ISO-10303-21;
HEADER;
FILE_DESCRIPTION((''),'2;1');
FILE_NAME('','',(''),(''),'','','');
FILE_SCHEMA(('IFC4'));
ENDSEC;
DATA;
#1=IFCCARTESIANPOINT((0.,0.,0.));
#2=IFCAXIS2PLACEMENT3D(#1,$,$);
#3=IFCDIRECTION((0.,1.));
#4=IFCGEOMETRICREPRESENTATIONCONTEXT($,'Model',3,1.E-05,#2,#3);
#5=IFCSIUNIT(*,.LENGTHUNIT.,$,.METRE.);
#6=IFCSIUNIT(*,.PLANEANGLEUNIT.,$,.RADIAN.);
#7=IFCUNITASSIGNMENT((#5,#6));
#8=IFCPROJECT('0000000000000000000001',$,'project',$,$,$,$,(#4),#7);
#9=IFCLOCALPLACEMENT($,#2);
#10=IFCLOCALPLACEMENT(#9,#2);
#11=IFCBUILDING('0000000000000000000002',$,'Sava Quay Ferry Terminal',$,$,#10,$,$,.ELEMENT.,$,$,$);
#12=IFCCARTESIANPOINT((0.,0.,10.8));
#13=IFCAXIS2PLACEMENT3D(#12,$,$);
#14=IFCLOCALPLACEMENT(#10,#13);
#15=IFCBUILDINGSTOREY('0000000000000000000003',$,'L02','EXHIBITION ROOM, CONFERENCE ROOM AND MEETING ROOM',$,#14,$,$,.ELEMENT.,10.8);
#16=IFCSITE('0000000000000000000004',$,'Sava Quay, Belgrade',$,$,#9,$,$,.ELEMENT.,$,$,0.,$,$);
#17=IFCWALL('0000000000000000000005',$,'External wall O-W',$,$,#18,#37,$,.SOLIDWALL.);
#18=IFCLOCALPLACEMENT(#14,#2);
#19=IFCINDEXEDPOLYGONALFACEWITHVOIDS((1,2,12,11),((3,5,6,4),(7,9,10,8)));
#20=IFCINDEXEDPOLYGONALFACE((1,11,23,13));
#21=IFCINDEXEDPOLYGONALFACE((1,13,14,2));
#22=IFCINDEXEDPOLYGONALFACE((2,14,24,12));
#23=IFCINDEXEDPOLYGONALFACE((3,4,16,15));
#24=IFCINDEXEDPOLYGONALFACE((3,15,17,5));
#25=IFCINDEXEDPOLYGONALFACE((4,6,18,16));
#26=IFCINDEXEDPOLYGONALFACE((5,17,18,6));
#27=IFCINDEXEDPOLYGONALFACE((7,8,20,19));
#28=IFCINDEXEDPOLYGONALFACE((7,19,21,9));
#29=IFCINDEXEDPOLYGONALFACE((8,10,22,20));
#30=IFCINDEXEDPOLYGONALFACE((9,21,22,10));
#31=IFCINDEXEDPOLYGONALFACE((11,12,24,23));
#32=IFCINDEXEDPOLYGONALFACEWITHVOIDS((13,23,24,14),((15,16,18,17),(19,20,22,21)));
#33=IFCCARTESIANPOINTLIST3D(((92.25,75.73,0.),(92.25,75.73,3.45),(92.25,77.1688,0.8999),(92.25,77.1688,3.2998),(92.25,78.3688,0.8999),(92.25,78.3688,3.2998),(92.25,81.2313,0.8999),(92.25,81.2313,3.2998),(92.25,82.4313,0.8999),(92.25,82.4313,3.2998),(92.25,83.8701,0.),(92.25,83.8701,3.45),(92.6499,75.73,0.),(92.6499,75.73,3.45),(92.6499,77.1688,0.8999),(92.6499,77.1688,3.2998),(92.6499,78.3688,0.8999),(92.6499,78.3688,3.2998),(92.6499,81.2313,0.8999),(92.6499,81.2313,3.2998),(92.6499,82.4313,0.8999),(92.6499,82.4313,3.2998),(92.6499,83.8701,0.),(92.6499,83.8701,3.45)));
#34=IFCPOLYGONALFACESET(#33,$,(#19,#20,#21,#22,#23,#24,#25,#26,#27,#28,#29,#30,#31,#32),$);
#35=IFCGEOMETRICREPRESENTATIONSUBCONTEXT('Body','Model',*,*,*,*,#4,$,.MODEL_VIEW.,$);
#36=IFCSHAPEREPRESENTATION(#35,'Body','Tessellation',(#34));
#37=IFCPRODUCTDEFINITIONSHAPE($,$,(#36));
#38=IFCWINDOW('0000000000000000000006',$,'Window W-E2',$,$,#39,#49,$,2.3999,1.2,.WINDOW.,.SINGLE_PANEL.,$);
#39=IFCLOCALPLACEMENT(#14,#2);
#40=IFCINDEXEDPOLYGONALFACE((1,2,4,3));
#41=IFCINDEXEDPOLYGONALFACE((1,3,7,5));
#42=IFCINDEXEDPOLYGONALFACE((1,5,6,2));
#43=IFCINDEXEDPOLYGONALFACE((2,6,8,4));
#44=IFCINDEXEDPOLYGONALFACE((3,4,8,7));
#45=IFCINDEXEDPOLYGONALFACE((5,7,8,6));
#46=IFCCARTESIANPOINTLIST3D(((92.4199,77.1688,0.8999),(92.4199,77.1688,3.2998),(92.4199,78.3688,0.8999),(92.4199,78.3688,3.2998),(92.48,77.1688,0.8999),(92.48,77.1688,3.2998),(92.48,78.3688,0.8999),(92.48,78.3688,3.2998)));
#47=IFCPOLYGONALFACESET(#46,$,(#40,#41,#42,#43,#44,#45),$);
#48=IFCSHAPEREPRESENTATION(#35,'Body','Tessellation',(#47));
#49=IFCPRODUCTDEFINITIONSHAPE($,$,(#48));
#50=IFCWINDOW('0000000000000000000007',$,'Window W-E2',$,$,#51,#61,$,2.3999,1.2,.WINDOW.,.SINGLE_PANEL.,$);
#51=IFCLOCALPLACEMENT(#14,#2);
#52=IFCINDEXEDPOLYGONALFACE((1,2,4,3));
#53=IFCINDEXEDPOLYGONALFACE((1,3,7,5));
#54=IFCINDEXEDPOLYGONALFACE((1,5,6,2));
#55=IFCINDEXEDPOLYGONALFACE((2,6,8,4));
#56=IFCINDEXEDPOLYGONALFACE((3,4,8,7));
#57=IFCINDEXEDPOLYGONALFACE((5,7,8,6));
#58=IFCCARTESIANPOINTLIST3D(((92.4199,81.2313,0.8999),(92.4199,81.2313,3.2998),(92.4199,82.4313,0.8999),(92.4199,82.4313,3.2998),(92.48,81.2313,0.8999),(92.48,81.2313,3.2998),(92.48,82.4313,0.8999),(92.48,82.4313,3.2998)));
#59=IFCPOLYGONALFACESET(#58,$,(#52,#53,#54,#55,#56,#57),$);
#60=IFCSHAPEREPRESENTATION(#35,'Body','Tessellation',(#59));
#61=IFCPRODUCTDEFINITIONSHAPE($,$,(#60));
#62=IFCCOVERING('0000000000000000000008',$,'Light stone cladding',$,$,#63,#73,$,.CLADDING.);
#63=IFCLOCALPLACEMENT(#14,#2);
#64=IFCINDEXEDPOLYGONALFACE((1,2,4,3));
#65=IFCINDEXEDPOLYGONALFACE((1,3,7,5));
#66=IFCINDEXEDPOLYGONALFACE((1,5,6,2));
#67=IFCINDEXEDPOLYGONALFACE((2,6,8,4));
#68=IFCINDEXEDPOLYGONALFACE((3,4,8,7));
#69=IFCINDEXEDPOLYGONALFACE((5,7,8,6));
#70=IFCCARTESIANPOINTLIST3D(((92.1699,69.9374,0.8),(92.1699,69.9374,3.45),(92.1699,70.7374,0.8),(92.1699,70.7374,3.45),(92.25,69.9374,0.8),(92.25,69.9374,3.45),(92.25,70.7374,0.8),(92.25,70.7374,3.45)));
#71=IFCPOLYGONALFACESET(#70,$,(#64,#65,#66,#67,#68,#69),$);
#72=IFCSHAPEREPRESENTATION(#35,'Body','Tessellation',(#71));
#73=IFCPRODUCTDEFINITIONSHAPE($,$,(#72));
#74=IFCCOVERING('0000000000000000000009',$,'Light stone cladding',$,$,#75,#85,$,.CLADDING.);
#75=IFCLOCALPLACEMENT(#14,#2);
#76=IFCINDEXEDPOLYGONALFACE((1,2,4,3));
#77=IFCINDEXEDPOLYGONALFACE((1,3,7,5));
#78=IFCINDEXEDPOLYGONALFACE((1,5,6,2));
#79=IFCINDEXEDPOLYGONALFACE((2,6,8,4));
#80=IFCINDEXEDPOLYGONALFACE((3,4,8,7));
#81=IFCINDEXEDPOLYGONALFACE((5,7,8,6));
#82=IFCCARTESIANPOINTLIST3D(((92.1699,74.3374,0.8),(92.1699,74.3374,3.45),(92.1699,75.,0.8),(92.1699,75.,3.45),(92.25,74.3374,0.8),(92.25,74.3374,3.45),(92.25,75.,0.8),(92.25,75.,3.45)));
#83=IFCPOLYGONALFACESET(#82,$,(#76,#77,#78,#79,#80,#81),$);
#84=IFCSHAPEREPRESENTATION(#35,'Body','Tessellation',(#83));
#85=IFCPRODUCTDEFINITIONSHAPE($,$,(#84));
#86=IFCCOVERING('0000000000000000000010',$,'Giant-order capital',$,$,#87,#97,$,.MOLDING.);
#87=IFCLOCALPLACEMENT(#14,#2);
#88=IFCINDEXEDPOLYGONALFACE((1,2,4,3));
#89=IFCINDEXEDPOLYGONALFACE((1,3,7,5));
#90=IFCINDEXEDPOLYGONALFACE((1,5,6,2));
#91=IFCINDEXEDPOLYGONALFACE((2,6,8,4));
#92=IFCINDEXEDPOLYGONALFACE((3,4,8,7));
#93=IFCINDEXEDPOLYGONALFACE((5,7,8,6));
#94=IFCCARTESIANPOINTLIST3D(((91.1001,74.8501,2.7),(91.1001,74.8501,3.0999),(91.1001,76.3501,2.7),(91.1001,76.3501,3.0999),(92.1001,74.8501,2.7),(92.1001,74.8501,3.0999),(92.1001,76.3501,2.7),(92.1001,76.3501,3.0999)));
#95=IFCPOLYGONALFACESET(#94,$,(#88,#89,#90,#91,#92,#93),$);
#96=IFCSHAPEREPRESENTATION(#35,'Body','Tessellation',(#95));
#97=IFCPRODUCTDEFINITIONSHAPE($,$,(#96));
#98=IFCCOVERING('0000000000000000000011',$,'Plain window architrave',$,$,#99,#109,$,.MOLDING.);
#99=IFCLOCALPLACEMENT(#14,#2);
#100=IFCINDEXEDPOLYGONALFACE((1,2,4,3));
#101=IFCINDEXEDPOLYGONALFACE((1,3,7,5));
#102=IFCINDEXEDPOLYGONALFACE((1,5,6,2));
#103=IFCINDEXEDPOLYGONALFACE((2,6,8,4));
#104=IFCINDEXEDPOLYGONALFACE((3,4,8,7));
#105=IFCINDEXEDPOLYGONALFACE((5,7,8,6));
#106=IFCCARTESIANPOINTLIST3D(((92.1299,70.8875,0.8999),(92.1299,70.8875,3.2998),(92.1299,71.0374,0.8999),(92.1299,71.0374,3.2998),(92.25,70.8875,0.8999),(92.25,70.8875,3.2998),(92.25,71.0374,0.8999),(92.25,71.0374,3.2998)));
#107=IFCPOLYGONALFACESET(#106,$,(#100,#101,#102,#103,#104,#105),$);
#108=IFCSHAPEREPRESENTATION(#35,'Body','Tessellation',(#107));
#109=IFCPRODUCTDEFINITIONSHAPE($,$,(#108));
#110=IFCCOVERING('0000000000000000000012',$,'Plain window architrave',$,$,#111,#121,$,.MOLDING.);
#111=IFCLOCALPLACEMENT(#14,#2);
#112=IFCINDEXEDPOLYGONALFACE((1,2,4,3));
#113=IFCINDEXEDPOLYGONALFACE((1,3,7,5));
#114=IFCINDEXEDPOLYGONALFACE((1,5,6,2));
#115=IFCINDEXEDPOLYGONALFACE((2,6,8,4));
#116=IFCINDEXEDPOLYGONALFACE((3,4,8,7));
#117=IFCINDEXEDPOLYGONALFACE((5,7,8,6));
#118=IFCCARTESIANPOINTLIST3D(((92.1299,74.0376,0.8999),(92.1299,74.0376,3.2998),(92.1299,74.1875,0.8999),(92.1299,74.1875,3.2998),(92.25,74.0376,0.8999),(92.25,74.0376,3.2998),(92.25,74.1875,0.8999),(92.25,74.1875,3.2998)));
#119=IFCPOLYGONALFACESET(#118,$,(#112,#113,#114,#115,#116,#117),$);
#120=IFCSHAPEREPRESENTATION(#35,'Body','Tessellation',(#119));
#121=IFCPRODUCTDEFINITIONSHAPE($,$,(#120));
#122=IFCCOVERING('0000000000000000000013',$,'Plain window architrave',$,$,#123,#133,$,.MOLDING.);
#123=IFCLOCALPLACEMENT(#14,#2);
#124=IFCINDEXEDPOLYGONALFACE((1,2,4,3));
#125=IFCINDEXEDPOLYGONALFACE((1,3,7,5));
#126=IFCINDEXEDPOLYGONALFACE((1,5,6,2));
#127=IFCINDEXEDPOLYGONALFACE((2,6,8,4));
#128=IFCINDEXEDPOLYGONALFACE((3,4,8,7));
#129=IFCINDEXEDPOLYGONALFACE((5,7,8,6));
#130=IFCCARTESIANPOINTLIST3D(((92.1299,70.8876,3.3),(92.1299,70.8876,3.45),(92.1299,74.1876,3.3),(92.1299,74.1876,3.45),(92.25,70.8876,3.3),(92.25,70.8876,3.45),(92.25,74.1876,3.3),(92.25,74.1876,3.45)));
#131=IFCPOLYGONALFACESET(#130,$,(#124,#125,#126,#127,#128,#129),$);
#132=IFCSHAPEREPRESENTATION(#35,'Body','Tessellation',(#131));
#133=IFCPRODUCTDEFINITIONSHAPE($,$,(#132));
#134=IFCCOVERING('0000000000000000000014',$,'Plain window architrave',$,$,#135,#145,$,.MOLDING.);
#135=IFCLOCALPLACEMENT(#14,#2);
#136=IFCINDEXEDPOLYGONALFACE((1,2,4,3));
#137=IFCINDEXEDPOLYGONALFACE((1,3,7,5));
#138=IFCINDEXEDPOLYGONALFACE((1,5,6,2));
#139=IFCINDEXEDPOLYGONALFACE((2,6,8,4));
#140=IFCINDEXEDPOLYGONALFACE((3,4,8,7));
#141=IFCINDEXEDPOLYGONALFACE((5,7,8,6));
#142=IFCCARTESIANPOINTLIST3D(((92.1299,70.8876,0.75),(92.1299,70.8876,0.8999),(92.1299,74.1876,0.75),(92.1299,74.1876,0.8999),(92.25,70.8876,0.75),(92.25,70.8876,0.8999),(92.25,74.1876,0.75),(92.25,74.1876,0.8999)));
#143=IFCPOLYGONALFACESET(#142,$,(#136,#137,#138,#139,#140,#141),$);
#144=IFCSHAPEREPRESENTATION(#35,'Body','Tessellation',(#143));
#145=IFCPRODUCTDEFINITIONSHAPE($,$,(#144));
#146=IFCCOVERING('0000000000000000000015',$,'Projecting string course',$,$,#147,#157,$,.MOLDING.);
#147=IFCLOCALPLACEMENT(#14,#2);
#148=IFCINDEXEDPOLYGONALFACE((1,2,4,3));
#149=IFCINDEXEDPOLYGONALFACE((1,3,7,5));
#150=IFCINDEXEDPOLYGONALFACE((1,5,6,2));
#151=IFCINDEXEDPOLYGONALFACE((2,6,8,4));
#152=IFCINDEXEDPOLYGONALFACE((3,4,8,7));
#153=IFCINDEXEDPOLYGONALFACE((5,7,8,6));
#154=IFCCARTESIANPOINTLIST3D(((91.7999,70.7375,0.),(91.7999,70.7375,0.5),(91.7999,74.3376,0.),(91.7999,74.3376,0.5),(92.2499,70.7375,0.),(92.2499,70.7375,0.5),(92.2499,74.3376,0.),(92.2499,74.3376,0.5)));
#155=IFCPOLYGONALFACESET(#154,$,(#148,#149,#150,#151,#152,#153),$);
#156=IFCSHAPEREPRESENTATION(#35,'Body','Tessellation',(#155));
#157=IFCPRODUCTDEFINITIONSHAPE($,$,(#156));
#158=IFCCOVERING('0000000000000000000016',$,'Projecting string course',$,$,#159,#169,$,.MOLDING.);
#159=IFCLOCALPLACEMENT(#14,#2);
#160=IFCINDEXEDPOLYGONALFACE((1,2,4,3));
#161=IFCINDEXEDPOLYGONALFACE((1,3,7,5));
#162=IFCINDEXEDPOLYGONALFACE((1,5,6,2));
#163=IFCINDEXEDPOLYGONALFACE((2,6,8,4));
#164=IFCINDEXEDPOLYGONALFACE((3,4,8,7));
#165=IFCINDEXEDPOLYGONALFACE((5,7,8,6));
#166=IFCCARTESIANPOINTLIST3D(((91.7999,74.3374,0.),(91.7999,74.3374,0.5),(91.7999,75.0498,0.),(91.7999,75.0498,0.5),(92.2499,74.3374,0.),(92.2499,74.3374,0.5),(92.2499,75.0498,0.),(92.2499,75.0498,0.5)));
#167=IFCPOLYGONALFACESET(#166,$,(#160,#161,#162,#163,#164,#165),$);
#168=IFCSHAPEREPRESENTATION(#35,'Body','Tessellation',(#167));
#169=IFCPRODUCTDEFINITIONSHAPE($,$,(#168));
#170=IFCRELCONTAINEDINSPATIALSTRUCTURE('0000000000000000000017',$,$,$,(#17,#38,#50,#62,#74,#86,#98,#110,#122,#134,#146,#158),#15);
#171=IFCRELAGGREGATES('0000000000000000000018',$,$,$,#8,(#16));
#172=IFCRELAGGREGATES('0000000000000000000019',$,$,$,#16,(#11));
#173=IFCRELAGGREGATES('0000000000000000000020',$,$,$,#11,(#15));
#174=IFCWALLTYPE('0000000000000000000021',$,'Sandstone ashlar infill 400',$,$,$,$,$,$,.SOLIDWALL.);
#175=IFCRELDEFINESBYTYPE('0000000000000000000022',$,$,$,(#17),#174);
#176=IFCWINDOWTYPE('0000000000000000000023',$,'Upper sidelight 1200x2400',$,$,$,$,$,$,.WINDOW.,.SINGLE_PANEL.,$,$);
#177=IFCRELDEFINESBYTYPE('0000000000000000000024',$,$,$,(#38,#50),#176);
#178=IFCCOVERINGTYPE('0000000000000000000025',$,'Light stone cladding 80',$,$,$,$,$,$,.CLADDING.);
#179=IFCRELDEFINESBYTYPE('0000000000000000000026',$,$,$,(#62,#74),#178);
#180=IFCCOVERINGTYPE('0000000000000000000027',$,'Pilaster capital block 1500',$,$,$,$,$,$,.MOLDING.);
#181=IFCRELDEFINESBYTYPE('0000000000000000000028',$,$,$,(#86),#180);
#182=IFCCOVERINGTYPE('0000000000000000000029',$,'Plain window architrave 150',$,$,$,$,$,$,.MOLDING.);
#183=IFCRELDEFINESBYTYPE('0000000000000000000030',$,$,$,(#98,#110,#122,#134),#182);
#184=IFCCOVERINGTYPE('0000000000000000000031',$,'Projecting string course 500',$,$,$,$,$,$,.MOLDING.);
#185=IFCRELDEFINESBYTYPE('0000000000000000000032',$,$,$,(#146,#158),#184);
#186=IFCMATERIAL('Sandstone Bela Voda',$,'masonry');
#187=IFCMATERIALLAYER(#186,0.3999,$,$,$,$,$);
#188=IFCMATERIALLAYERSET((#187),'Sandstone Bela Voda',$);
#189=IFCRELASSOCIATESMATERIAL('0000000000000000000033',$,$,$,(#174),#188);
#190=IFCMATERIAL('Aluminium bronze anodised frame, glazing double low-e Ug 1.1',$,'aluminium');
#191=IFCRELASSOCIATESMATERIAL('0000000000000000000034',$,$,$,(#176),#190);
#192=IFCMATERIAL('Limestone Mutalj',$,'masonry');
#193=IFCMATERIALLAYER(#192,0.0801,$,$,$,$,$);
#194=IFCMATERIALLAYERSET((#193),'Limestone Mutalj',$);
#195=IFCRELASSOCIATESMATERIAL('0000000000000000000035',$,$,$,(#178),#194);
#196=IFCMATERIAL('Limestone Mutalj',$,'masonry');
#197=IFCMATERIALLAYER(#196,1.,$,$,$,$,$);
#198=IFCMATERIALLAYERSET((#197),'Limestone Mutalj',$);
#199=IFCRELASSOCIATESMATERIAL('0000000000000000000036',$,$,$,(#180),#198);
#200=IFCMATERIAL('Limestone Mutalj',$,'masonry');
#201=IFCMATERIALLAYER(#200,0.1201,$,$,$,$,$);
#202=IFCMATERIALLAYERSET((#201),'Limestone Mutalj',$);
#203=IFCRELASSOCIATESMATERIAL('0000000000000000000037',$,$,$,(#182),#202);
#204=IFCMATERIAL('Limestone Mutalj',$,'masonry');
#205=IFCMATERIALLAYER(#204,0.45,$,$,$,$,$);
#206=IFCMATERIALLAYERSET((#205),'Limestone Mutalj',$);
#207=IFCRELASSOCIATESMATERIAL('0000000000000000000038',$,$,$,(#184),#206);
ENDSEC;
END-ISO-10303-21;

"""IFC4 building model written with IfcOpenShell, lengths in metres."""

from ifc_helpers import new_model, si_unit, direction, frame, frame_2d, origin, origin_2d, place, context, subcontext, project, spatial, rectangle, extrude, material, layer, layer_set, type_object, element, fill, save


model = new_model("IFC4")

# Units and contexts
model_context = context("Model", 3, precision=1e-05, world=origin(), true_north=direction((0.0, 1.0)))
body_context = subcontext(model_context, "Body", "Model", "MODEL_VIEW")
ifc_project = project(units=[si_unit("LENGTHUNIT", "METRE"), si_unit("PLANEANGLEUNIT", "RADIAN")], contexts=[model_context])

# Site, building, storey
site_placement = place(None, origin())
site = spatial("IfcSite", under=ifc_project, at=site_placement, Name="Sava Quay, Belgrade", CompositionType="ELEMENT", RefElevation=0.0)
building_placement = place(site_placement, origin())
building = spatial("IfcBuilding", under=site, at=building_placement, Name="Sava Quay Ferry Terminal", CompositionType="ELEMENT")
storey_placement = place(building_placement, frame((0.0, 0.0, 10.8)))
storey = spatial("IfcBuildingStorey", under=building, at=storey_placement, Name="L02", Description="EXHIBITION ROOM, CONFERENCE ROOM AND MEETING ROOM", CompositionType="ELEMENT", Elevation=10.8)

# Wall, openings, windows
ifc_material_1 = material(Name="Sandstone Bela Voda", Category="masonry")
ifc_layer_1 = layer(ifc_material_1, 0.3999)
ifc_layer_set_1 = layer_set([ifc_layer_1], Name="Sandstone Bela Voda")
wall_type_1 = type_object("IfcWallType", Name="Sandstone ashlar infill 400", PredefinedType="SOLIDWALL", material=ifc_layer_set_1)
wall_1_placement = place(storey_placement, frame((92.45, 75.73, 0.0), z_axis=(0.0, 0.0, 1.0), x_axis=(0.0, 1.0, 0.0)))
wall_1 = element("IfcWall", 1, at=wall_1_placement, inside=storey, type_object=wall_type_1, Name="External wall O-W", PredefinedType="SOLIDWALL", context=body_context, shape_type="SweptSolid", body=[
    extrude(rectangle(XDim=8.1401, YDim=0.3999, at=frame_2d((4.0701, 0.0))), origin(), (0.0, 0.0, 1.0), 3.45),
])
opening_1_placement = place(wall_1_placement, frame((1.4387, 0.0, 0.8999)))
opening_1 = element("IfcOpeningElement", 2, at=opening_1_placement, cuts=wall_1, PredefinedType="OPENING", context=body_context, shape_type="SweptSolid", body=[
    extrude(rectangle(XDim=1.2, YDim=2.3999, at=frame_2d((0.6001, 1.2))), frame((0.0, 0.2, 0.0), z_axis=(0.0, -1.0, 0.0), x_axis=(1.0, 0.0, 0.0)), (0.0, 0.0, 1.0), 0.3999),
])
opening_2_placement = place(wall_1_placement, frame((5.5012, 0.0, 0.8999)))
opening_2 = element("IfcOpeningElement", 3, at=opening_2_placement, cuts=wall_1, PredefinedType="OPENING", context=body_context, shape_type="SweptSolid", body=[
    extrude(rectangle(XDim=1.2, YDim=2.3999, at=frame_2d((0.6001, 1.2))), frame((0.0, 0.2, 0.0), z_axis=(0.0, -1.0, 0.0), x_axis=(1.0, 0.0, 0.0)), (0.0, 0.0, 1.0), 0.3999),
])
ifc_material_2 = material(Name="Aluminium bronze anodised frame, glazing double low-e Ug 1.1", Category="aluminium")
window_type = type_object("IfcWindowType", Name="Upper sidelight 1200x2400", PartitioningType="SINGLE_PANEL", PredefinedType="WINDOW", material=ifc_material_2)
window_1_placement = place(opening_1_placement, origin())
window_1 = element("IfcWindow", 4, at=window_1_placement, inside=storey, type_object=window_type, Name="Window W-E2", OverallHeight=2.3999, OverallWidth=1.2, PartitioningType="SINGLE_PANEL", PredefinedType="WINDOW", context=body_context, shape_type="SweptSolid", body=[
    extrude(rectangle(XDim=1.2, YDim=2.3999, at=frame_2d((0.6001, 1.2))), frame((0.0, 0.03, 0.0), z_axis=(0.0, -1.0, 0.0), x_axis=(1.0, 0.0, 0.0)), (0.0, 0.0, 1.0), 0.0601),
])
fill(opening_1, window_1)
window_2_placement = place(opening_2_placement, origin())
window_2 = element("IfcWindow", 5, at=window_2_placement, inside=storey, type_object=window_type, Name="Window W-E2", OverallHeight=2.3999, OverallWidth=1.2, PartitioningType="SINGLE_PANEL", PredefinedType="WINDOW", context=body_context, shape_type="SweptSolid", body=[
    extrude(rectangle(XDim=1.2, YDim=2.3999, at=frame_2d((0.6001, 1.2))), frame((0.0, 0.03, 0.0), z_axis=(0.0, -1.0, 0.0), x_axis=(1.0, 0.0, 0.0)), (0.0, 0.0, 1.0), 0.0601),
])
fill(opening_2, window_2)

# Coverings
ifc_material_3 = material(Name="Limestone Mutalj", Category="masonry")
ifc_layer_2 = layer(ifc_material_3, 0.0801)
ifc_layer_set_2 = layer_set([ifc_layer_2], Name="Limestone Mutalj")
covering_type_1 = type_object("IfcCoveringType", Name="Light stone cladding 80", PredefinedType="CLADDING", material=ifc_layer_set_2)
covering_1_placement = place(storey_placement, frame((92.21, 70.3374, 0.8), z_axis=(0.0, 0.0, 1.0), x_axis=(1.0, 0.0, 0.0)))
element("IfcCovering", 6, at=covering_1_placement, inside=storey, type_object=covering_type_1, Name="Light stone cladding", PredefinedType="CLADDING", context=body_context, shape_type="SweptSolid", body=[
    extrude(rectangle(XDim=0.0801, YDim=0.8, at=origin_2d()), origin(), (0.0, 0.0, 1.0), 2.6499),
])
covering_2_placement = place(storey_placement, frame((92.21, 74.6687, 0.8), z_axis=(0.0, 0.0, 1.0), x_axis=(1.0, 0.0, 0.0)))
element("IfcCovering", 7, at=covering_2_placement, inside=storey, type_object=covering_type_1, Name="Light stone cladding", PredefinedType="CLADDING", context=body_context, shape_type="SweptSolid", body=[
    extrude(rectangle(XDim=0.0801, YDim=0.6626, at=origin_2d()), origin(), (0.0, 0.0, 1.0), 2.6499),
])
ifc_material_4 = material(Name="Limestone Mutalj", Category="masonry")
ifc_layer_3 = layer(ifc_material_4, 1.0)
ifc_layer_set_3 = layer_set([ifc_layer_3], Name="Limestone Mutalj")
covering_type_2 = type_object("IfcCoveringType", Name="Pilaster capital block 1500", PredefinedType="MOLDING", material=ifc_layer_set_3)
covering_3_placement = place(storey_placement, frame((91.6001, 75.6001, 2.7), z_axis=(0.0, 0.0, 1.0), x_axis=(1.0, 0.0, 0.0)))
element("IfcCovering", 8, at=covering_3_placement, inside=storey, type_object=covering_type_2, Name="Giant-order capital", PredefinedType="MOLDING", context=body_context, shape_type="SweptSolid", body=[
    extrude(rectangle(XDim=1.0, YDim=1.5, at=origin_2d()), origin(), (0.0, 0.0, 1.0), 0.3999),
])
ifc_material_5 = material(Name="Limestone Mutalj", Category="masonry")
ifc_layer_4 = layer(ifc_material_5, 0.1201)
ifc_layer_set_4 = layer_set([ifc_layer_4], Name="Limestone Mutalj")
covering_type_3 = type_object("IfcCoveringType", Name="Plain window architrave 150", PredefinedType="MOLDING", material=ifc_layer_set_4)
for number, where, z_axis, x_axis, name in (
    (9, (92.1899, 70.9624, 0.8999), (0.0, 0.0, 1.0), (1.0, 0.0, 0.0), "Plain window architrave"),
    (10, (92.1899, 74.1125, 0.8999), (0.0, 0.0, 1.0), (1.0, 0.0, 0.0), "Plain window architrave"),
):
    element("IfcCovering", number, at=place(storey_placement, frame(where, z_axis=z_axis, x_axis=x_axis)), inside=storey, type_object=covering_type_3, Name=name, PredefinedType="MOLDING", context=body_context, shape_type="SweptSolid", body=[
        extrude(rectangle(XDim=0.1201, YDim=0.1499, at=origin_2d()), origin(), (0.0, 0.0, 1.0), 2.3999),
    ])
for number, where, z_axis, x_axis, name in (
    (11, (92.1899, 72.5376, 3.3), (0.0, 0.0, 1.0), (1.0, 0.0, 0.0), "Plain window architrave"),
    (12, (92.1899, 72.5376, 0.75), (0.0, 0.0, 1.0), (1.0, 0.0, 0.0), "Plain window architrave"),
):
    element("IfcCovering", number, at=place(storey_placement, frame(where, z_axis=z_axis, x_axis=x_axis)), inside=storey, type_object=covering_type_3, Name=name, PredefinedType="MOLDING", context=body_context, shape_type="SweptSolid", body=[
        extrude(rectangle(XDim=0.1201, YDim=3.3, at=origin_2d()), origin(), (0.0, 0.0, 1.0), 0.1499),
    ])
ifc_material_6 = material(Name="Limestone Mutalj", Category="masonry")
ifc_layer_5 = layer(ifc_material_6, 0.45)
ifc_layer_set_5 = layer_set([ifc_layer_5], Name="Limestone Mutalj")
covering_type_4 = type_object("IfcCoveringType", Name="Projecting string course 500", PredefinedType="MOLDING", material=ifc_layer_set_5)
covering_4_placement = place(storey_placement, frame((92.0249, 72.5376, 0.0), z_axis=(0.0, 0.0, 1.0), x_axis=(1.0, 0.0, 0.0)))
element("IfcCovering", 13, at=covering_4_placement, inside=storey, type_object=covering_type_4, Name="Projecting string course", PredefinedType="MOLDING", context=body_context, shape_type="SweptSolid", body=[
    extrude(rectangle(XDim=0.45, YDim=3.6001, at=origin_2d()), origin(), (0.0, 0.0, 1.0), 0.5),
])
covering_5_placement = place(storey_placement, frame((92.0249, 74.6936, 0.0), z_axis=(0.0, 0.0, 1.0), x_axis=(1.0, 0.0, 0.0)))
element("IfcCovering", 14, at=covering_5_placement, inside=storey, type_object=covering_type_4, Name="Projecting string course", PredefinedType="MOLDING", context=body_context, shape_type="SweptSolid", body=[
    extrude(rectangle(XDim=0.45, YDim=0.7124, at=origin_2d()), origin(), (0.0, 0.0, 1.0), 0.5),
])

save(model, "model.ifc")
